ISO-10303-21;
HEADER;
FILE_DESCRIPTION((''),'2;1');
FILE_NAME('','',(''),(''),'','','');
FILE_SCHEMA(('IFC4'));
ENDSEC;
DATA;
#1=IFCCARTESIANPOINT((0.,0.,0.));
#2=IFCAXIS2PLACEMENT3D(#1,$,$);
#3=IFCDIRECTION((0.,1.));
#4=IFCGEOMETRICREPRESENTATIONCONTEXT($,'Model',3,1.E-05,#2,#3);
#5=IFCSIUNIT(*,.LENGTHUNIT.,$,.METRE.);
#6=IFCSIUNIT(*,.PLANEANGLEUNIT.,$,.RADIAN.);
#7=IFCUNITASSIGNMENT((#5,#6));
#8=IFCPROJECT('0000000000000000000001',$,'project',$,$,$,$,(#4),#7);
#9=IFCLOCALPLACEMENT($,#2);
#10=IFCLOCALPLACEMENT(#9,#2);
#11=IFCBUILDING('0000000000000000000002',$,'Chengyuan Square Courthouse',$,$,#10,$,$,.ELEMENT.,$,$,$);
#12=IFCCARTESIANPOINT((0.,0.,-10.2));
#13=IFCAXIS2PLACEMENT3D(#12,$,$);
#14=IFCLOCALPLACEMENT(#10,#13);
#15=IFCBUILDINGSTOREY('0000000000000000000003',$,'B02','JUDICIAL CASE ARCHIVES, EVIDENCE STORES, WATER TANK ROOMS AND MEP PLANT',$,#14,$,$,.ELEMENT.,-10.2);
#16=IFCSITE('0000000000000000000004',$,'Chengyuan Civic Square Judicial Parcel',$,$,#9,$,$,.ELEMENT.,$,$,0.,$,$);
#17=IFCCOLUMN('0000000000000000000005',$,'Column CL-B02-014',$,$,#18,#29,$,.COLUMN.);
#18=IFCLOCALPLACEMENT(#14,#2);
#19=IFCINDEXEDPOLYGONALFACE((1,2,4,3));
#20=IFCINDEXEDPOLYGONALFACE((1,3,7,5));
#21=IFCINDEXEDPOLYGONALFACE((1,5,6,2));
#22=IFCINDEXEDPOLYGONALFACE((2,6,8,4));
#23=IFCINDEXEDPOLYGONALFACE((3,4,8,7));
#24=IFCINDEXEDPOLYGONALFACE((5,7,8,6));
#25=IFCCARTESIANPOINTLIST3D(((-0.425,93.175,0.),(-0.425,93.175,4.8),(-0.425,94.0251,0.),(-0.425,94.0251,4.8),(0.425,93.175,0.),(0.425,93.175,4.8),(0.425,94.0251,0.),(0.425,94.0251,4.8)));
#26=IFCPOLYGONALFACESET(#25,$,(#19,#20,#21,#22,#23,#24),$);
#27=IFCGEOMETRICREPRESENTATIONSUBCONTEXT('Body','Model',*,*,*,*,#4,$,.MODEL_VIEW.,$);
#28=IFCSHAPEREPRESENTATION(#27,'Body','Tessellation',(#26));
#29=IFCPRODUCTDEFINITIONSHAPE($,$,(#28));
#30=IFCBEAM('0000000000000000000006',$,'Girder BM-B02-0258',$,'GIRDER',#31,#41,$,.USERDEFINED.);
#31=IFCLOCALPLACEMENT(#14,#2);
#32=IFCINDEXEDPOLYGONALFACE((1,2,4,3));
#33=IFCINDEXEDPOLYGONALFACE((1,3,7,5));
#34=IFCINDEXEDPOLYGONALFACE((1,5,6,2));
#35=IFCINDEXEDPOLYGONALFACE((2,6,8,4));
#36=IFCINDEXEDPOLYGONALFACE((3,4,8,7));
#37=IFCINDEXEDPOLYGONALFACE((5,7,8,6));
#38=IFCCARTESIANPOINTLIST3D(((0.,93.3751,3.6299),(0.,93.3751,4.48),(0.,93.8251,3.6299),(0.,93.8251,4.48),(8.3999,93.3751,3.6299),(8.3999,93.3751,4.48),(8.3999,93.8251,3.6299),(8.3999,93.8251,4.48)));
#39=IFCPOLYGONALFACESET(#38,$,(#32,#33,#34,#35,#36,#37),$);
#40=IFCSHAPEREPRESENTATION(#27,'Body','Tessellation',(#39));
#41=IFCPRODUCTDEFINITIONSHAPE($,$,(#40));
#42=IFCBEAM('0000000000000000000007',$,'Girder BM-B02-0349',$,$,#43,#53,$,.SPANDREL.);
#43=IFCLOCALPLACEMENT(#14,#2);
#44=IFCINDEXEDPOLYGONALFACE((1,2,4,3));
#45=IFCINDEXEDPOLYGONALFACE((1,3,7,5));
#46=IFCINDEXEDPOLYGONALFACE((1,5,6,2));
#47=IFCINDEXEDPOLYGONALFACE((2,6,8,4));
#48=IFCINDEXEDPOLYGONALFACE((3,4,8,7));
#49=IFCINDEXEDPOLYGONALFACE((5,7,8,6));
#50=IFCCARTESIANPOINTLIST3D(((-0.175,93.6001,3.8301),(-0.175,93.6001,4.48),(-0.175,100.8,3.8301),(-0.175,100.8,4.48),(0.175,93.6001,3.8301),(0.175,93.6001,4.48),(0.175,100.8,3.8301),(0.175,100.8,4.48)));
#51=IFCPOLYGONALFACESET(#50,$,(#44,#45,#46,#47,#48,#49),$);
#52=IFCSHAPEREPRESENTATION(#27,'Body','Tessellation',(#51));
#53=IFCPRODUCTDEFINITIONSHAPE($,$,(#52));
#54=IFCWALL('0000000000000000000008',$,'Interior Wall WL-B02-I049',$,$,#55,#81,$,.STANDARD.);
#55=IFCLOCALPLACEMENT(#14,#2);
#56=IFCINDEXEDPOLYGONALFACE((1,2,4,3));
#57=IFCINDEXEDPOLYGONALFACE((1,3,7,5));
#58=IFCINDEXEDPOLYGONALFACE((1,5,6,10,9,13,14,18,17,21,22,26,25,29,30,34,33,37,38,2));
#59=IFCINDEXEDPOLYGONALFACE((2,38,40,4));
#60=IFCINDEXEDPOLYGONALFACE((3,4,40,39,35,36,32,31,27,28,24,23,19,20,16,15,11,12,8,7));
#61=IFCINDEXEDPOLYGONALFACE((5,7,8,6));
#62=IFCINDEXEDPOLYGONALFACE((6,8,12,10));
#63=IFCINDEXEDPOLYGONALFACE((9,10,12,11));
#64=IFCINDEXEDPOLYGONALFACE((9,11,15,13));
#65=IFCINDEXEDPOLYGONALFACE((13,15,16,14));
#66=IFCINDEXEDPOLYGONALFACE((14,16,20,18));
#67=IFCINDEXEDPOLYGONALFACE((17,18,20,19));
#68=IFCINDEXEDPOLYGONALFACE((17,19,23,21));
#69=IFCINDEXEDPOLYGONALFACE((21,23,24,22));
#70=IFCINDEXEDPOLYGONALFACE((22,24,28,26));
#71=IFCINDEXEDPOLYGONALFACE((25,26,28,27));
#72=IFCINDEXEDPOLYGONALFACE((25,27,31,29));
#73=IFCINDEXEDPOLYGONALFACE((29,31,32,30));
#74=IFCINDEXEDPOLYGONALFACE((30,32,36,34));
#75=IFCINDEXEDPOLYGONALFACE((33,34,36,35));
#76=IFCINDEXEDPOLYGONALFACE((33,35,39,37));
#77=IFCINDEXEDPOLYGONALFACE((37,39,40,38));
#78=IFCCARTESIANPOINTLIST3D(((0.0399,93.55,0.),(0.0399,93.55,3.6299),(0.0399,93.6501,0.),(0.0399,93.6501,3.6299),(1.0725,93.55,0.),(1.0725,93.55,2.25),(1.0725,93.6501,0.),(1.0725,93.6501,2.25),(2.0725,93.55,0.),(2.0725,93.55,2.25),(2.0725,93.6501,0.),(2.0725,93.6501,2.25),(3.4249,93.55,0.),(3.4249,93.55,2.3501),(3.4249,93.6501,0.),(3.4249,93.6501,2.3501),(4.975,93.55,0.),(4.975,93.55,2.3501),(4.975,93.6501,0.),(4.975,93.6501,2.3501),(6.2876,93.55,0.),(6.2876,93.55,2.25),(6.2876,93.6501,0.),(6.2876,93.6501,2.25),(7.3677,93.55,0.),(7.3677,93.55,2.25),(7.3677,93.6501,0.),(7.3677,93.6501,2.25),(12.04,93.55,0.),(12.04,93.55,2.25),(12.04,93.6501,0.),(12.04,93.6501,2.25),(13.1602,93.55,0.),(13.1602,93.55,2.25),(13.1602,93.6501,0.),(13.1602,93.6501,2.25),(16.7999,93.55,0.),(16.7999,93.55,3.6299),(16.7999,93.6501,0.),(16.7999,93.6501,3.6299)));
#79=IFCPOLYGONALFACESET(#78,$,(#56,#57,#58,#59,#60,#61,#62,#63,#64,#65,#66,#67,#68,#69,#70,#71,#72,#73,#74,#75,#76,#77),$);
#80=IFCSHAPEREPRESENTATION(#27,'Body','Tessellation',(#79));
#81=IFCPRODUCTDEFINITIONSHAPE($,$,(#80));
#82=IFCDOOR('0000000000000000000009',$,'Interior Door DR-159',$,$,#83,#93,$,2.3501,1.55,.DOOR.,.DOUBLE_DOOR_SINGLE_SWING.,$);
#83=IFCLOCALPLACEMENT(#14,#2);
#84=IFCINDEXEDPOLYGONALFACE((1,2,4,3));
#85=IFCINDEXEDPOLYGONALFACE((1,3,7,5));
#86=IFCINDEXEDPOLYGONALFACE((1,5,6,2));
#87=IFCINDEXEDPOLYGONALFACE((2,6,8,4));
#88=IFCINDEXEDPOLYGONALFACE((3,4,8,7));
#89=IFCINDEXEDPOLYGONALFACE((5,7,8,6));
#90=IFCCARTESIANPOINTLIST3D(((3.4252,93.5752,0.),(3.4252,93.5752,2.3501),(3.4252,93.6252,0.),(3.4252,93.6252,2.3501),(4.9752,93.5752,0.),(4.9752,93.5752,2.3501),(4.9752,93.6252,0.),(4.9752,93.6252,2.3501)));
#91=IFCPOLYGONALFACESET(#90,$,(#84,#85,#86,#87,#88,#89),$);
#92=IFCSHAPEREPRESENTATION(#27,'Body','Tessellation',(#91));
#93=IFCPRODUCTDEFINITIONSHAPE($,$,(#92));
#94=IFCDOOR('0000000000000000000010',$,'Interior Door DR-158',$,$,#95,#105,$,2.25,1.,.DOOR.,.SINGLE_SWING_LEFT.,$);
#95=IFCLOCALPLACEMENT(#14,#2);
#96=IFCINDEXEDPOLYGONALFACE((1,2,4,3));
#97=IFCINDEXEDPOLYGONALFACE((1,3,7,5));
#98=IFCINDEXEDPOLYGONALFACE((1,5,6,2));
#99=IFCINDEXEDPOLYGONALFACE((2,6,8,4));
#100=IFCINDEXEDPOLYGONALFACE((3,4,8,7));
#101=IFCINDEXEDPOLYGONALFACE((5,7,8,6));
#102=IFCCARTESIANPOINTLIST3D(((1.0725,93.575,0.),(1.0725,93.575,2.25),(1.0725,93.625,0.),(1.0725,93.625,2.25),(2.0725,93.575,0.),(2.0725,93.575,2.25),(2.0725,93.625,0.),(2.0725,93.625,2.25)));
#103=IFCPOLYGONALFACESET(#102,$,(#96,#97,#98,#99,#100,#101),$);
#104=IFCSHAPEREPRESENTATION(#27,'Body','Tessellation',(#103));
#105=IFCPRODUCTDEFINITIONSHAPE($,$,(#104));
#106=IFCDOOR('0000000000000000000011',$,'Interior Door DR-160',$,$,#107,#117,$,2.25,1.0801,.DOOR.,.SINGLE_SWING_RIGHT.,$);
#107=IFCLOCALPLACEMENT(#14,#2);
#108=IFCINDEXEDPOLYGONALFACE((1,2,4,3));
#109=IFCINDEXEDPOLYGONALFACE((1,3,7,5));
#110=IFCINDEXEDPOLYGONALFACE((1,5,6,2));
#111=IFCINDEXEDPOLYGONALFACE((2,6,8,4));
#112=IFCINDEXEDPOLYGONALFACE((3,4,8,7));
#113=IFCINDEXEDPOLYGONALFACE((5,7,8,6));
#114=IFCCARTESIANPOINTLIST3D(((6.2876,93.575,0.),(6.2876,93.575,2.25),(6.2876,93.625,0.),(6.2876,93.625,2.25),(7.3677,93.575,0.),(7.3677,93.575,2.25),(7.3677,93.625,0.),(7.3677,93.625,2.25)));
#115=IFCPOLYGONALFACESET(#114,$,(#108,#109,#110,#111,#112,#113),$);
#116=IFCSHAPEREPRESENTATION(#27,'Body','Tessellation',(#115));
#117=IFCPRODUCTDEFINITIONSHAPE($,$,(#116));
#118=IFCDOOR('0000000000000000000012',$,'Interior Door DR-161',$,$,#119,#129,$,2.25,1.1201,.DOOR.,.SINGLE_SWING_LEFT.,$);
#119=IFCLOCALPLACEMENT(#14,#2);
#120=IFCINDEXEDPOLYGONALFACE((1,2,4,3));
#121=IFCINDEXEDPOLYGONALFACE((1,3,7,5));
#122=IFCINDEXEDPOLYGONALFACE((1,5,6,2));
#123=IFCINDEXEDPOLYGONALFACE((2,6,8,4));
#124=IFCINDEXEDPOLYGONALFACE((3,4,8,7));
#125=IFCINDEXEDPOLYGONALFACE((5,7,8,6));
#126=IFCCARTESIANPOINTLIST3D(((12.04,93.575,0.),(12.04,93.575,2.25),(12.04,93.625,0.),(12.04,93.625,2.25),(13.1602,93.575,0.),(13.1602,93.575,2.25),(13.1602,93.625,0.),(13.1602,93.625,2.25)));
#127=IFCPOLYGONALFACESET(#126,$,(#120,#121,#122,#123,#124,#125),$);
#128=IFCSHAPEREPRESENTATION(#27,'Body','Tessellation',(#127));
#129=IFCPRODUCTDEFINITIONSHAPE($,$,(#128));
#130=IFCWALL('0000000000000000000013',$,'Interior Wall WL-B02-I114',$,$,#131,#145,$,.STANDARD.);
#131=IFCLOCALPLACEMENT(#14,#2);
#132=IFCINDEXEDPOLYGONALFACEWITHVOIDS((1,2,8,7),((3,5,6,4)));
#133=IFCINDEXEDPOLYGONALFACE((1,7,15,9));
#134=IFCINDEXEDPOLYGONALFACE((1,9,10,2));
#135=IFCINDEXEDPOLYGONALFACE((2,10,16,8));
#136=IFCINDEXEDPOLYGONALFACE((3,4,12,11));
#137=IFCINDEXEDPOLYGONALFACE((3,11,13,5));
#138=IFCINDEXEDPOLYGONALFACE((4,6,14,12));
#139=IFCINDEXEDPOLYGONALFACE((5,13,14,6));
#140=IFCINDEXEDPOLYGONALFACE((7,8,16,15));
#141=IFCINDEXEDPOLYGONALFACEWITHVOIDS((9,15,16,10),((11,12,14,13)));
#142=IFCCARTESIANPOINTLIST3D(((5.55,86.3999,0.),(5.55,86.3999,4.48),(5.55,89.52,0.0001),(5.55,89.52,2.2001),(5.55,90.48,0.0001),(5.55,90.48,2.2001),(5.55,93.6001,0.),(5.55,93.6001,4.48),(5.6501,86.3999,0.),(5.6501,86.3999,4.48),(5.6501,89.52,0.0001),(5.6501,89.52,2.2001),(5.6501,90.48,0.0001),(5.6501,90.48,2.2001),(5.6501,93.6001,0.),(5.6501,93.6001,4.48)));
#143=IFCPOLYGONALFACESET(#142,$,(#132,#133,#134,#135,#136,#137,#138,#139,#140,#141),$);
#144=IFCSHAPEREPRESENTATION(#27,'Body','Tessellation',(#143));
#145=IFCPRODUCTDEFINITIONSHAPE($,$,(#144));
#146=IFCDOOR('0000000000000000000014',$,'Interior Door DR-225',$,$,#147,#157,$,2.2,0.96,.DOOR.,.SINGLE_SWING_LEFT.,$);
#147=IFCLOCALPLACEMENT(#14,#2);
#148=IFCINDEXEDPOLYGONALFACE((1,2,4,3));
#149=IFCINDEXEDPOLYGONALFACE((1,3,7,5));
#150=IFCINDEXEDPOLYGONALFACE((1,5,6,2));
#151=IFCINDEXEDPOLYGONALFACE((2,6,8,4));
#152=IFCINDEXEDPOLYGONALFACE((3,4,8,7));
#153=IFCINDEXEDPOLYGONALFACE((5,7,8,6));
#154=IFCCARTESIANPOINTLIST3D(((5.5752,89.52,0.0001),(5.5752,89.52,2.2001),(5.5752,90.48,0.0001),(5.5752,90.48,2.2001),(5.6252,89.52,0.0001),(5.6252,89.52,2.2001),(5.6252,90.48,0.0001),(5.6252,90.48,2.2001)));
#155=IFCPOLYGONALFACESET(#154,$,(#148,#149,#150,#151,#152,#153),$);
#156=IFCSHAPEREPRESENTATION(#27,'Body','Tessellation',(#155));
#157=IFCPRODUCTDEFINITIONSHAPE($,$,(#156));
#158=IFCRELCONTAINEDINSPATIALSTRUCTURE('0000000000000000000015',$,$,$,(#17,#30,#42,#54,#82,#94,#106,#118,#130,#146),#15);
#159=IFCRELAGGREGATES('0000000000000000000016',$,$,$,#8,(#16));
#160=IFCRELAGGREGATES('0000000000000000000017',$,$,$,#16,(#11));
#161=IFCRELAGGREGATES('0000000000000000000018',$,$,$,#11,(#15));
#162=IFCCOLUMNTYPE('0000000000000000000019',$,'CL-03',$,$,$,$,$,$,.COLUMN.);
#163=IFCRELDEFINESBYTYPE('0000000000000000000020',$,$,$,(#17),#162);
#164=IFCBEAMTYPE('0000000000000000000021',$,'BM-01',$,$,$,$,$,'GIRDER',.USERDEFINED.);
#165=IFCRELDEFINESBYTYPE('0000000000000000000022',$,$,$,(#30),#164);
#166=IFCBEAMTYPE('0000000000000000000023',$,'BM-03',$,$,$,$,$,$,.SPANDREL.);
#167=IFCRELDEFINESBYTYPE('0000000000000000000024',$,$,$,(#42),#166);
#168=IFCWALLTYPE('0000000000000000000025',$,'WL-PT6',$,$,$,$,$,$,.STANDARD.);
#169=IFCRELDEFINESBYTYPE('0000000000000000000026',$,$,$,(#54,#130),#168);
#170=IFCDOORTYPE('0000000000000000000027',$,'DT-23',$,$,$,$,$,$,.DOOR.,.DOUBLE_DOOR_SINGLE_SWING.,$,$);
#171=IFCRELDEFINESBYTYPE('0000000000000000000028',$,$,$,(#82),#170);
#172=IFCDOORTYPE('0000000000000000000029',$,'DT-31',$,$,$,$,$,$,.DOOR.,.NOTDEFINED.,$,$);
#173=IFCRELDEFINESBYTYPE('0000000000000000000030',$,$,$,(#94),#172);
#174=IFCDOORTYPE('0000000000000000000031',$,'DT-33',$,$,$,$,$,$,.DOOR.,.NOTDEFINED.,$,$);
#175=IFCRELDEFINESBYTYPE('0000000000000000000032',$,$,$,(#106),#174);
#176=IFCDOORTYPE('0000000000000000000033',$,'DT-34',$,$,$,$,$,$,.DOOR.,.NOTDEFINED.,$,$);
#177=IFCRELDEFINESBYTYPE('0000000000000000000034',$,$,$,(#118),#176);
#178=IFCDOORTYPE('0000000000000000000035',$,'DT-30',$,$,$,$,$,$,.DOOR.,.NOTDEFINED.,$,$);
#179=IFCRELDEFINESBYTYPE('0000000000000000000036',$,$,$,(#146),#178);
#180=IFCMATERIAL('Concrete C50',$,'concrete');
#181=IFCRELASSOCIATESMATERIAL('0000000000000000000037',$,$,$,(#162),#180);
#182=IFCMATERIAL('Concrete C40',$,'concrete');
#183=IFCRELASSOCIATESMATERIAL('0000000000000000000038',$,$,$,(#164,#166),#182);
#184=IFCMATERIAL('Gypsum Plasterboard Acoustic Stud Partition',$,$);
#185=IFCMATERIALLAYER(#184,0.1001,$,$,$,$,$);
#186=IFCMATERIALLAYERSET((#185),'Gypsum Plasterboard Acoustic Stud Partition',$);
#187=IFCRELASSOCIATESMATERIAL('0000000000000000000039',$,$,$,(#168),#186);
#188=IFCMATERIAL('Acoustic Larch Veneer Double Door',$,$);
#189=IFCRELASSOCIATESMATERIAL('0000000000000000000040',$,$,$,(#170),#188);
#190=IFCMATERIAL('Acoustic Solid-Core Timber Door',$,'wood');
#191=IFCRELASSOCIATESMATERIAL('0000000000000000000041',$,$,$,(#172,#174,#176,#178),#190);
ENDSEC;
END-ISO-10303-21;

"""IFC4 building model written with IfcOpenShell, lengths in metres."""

from ifc_helpers import new_model, si_unit, direction, frame, frame_2d, origin, origin_2d, place, context, subcontext, project, spatial, rectangle, extrude, material, layer, layer_set, material_profile, profile_set, type_object, element, fill, save


model = new_model("IFC4")

# Units and contexts
model_context = context("Model", 3, precision=1e-05, world=origin(), true_north=direction((0.0, 1.0)))
body_context = subcontext(model_context, "Body", "Model", "MODEL_VIEW")
ifc_project = project(units=[si_unit("LENGTHUNIT", "METRE"), si_unit("PLANEANGLEUNIT", "RADIAN")], contexts=[model_context])

# Site, building, storey
site_placement = place(None, origin())
site = spatial("IfcSite", under=ifc_project, at=site_placement, Name="Chengyuan Civic Square Judicial Parcel", CompositionType="ELEMENT", RefElevation=0.0)
building_placement = place(site_placement, origin())
building = spatial("IfcBuilding", under=site, at=building_placement, Name="Chengyuan Square Courthouse", CompositionType="ELEMENT")
storey_placement = place(building_placement, frame((0.0, 0.0, -10.2)))
storey = spatial("IfcBuildingStorey", under=building, at=storey_placement, Name="B02", Description="JUDICIAL CASE ARCHIVES, EVIDENCE STORES, WATER TANK ROOMS AND MEP PLANT", CompositionType="ELEMENT", Elevation=-10.2)

# Shared definitions
ifc_material_1 = material(Name="Concrete C40", Category="concrete")

# Column
ifc_material_2 = material(Name="Concrete C50", Category="concrete")
ifc_material_profile_1 = material_profile(ifc_material_2, rectangle(XDim=0.8501, YDim=0.8501, at=origin_2d()), Name="RC-COL-850x850")
ifc_profile_set_1 = profile_set([ifc_material_profile_1], Name="Concrete C50")
column_type = type_object("IfcColumnType", Name="CL-03", PredefinedType="COLUMN", material=ifc_profile_set_1)
column_placement = place(storey_placement, frame((0.0, 93.6001, 0.0), z_axis=(0.0, 0.0, 1.0), x_axis=(1.0, 0.0, 0.0)))
element("IfcColumn", 1, at=column_placement, inside=storey, type_object=column_type, Name="Column CL-B02-014", PredefinedType="COLUMN", context=body_context, shape_type="SweptSolid", body=[
    extrude(rectangle(XDim=0.8501, YDim=0.8501, at=origin_2d()), origin(), (0.0, 0.0, 1.0), 4.8),
])

# Beams
ifc_material_profile_2 = material_profile(ifc_material_1, rectangle(XDim=0.45, YDim=0.8501, at=origin_2d()), Name="RC-BM-450x850")
ifc_profile_set_2 = profile_set([ifc_material_profile_2], Name="Concrete C40")
beam_type_1 = type_object("IfcBeamType", Name="BM-01", ElementType="GIRDER", PredefinedType="USERDEFINED", material=ifc_profile_set_2)
beam_1_placement = place(storey_placement, frame((0.0, 93.6001, 4.0549), z_axis=(1.0, 0.0, 0.0), x_axis=(0.0, 1.0, 0.0)))
element("IfcBeam", 2, at=beam_1_placement, inside=storey, type_object=beam_type_1, Name="Girder BM-B02-0258", ObjectType="GIRDER", PredefinedType="USERDEFINED", context=body_context, shape_type="SweptSolid", body=[
    extrude(rectangle(XDim=0.45, YDim=0.8501, at=origin_2d()), origin(), (0.0, 0.0, 1.0), 8.3999),
])
ifc_material_profile_3 = material_profile(ifc_material_1, rectangle(XDim=0.3501, YDim=0.6499, at=origin_2d()), Name="RC-BM-350x650")
ifc_profile_set_3 = profile_set([ifc_material_profile_3], Name="Concrete C40")
beam_type_2 = type_object("IfcBeamType", Name="BM-03", PredefinedType="SPANDREL", material=ifc_profile_set_3)
beam_2_placement = place(storey_placement, frame((0.0, 93.6001, 4.155), z_axis=(0.0, 1.0, 0.0), x_axis=(-1.0, 0.0, 0.0)))
element("IfcBeam", 3, at=beam_2_placement, inside=storey, type_object=beam_type_2, Name="Girder BM-B02-0349", PredefinedType="SPANDREL", context=body_context, shape_type="SweptSolid", body=[
    extrude(rectangle(XDim=0.3501, YDim=0.6499, at=origin_2d()), origin(), (0.0, 0.0, 1.0), 7.2),
])

# Wall, openings, doors
ifc_material_3 = material(Name="Gypsum Plasterboard Acoustic Stud Partition")
ifc_layer_1 = layer(ifc_material_3, 0.1001)
ifc_layer_set_1 = layer_set([ifc_layer_1], Name="Gypsum Plasterboard Acoustic Stud Partition")
wall_type_1 = type_object("IfcWallType", Name="WL-PT6", PredefinedType="STANDARD", material=ifc_layer_set_1)
wall_1_placement = place(storey_placement, frame((0.04, 93.6001, 0.0), z_axis=(0.0, 0.0, 1.0), x_axis=(1.0, 0.0, 0.0)))
wall_1 = element("IfcWall", 4, at=wall_1_placement, inside=storey, type_object=wall_type_1, Name="Interior Wall WL-B02-I049", PredefinedType="STANDARD", context=body_context, shape_type="SweptSolid", body=[
    extrude(rectangle(XDim=16.76, YDim=0.1001, at=frame_2d((8.3799, 0.0))), origin(), (0.0, 0.0, 1.0), 3.6299),
])
opening_1_placement = place(wall_1_placement, frame((1.0325, 0.0, 0.0)))
opening_1 = element("IfcOpeningElement", 5, at=opening_1_placement, cuts=wall_1, PredefinedType="OPENING", context=body_context, shape_type="SweptSolid", body=[
    extrude(rectangle(XDim=1.0, YDim=2.25, at=frame_2d((0.5, 1.125))), frame((0.0, 0.062, 0.0), z_axis=(0.0, -1.0, 0.0), x_axis=(1.0, 0.0, 0.0)), (0.0, 0.0, 1.0), 0.124),
])
opening_2_placement = place(wall_1_placement, frame((3.385, 0.0, 0.0)))
opening_2 = element("IfcOpeningElement", 6, at=opening_2_placement, cuts=wall_1, PredefinedType="OPENING", context=body_context, shape_type="SweptSolid", body=[
    extrude(rectangle(XDim=1.55, YDim=2.3501, at=frame_2d((0.7749, 1.175))), frame((0.0, 0.062, 0.0), z_axis=(0.0, -1.0, 0.0), x_axis=(1.0, 0.0, 0.0)), (0.0, 0.0, 1.0), 0.124),
])
opening_3_placement = place(wall_1_placement, frame((6.2476, 0.0, 0.0)))
opening_3 = element("IfcOpeningElement", 7, at=opening_3_placement, cuts=wall_1, PredefinedType="OPENING", context=body_context, shape_type="SweptSolid", body=[
    extrude(rectangle(XDim=1.0801, YDim=2.25, at=frame_2d((0.54, 1.125))), frame((0.0, 0.062, 0.0), z_axis=(0.0, -1.0, 0.0), x_axis=(1.0, 0.0, 0.0)), (0.0, 0.0, 1.0), 0.124),
])
opening_4_placement = place(wall_1_placement, frame((12.0, 0.0, 0.0)))
opening_4 = element("IfcOpeningElement", 8, at=opening_4_placement, cuts=wall_1, PredefinedType="OPENING", context=body_context, shape_type="SweptSolid", body=[
    extrude(rectangle(XDim=1.1201, YDim=2.25, at=frame_2d((0.5601, 1.125))), frame((0.0, 0.062, 0.0), z_axis=(0.0, -1.0, 0.0), x_axis=(1.0, 0.0, 0.0)), (0.0, 0.0, 1.0), 0.124),
])
ifc_material_4 = material(Name="Acoustic Larch Veneer Double Door")
door_type_1 = type_object("IfcDoorType", Name="DT-23", OperationType="DOUBLE_DOOR_SINGLE_SWING", PredefinedType="DOOR", material=ifc_material_4)
door_1_placement = place(opening_2_placement, frame((1.55, 0.0, 0.0), z_axis=(0.0, 0.0, 1.0), x_axis=(-1.0, 0.0, 0.0)))
door_1 = element("IfcDoor", 9, at=door_1_placement, inside=storey, type_object=door_type_1, Name="Interior Door DR-159", OperationType="DOUBLE_DOOR_SINGLE_SWING", OverallHeight=2.3501, OverallWidth=1.55, PredefinedType="DOOR", context=body_context, shape_type="SweptSolid", body=[
    extrude(rectangle(XDim=1.55, YDim=2.3501, at=frame_2d((0.7749, 1.175))), frame((0.0, 0.0249, 0.0), z_axis=(0.0, -1.0, 0.0), x_axis=(1.0, 0.0, 0.0)), (0.0, 0.0, 1.0), 0.05),
])
fill(opening_2, door_1)
ifc_material_5 = material(Name="Acoustic Solid-Core Timber Door", Category="wood")
door_type_2 = type_object("IfcDoorType", Name="DT-31", OperationType="NOTDEFINED", PredefinedType="DOOR", material=ifc_material_5)
door_2_placement = place(opening_1_placement, origin())
door_2 = element("IfcDoor", 10, at=door_2_placement, inside=storey, type_object=door_type_2, Name="Interior Door DR-158", OperationType="SINGLE_SWING_LEFT", OverallHeight=2.25, OverallWidth=1.0, PredefinedType="DOOR", context=body_context, shape_type="SweptSolid", body=[
    extrude(rectangle(XDim=1.0, YDim=2.25, at=frame_2d((0.5, 1.125))), frame((0.0, 0.0249, 0.0), z_axis=(0.0, -1.0, 0.0), x_axis=(1.0, 0.0, 0.0)), (0.0, 0.0, 1.0), 0.05),
])
fill(opening_1, door_2)
door_type_3 = type_object("IfcDoorType", Name="DT-33", OperationType="NOTDEFINED", PredefinedType="DOOR", material=ifc_material_5)
door_3_placement = place(opening_3_placement, origin())
door_3 = element("IfcDoor", 11, at=door_3_placement, inside=storey, type_object=door_type_3, Name="Interior Door DR-160", OperationType="SINGLE_SWING_RIGHT", OverallHeight=2.25, OverallWidth=1.0801, PredefinedType="DOOR", context=body_context, shape_type="SweptSolid", body=[
    extrude(rectangle(XDim=1.0801, YDim=2.25, at=frame_2d((0.54, 1.125))), frame((0.0, 0.0249, 0.0), z_axis=(0.0, -1.0, 0.0), x_axis=(1.0, 0.0, 0.0)), (0.0, 0.0, 1.0), 0.05),
])
fill(opening_3, door_3)
door_type_4 = type_object("IfcDoorType", Name="DT-34", OperationType="NOTDEFINED", PredefinedType="DOOR", material=ifc_material_5)
door_4_placement = place(opening_4_placement, origin())
door_4 = element("IfcDoor", 12, at=door_4_placement, inside=storey, type_object=door_type_4, Name="Interior Door DR-161", OperationType="SINGLE_SWING_LEFT", OverallHeight=2.25, OverallWidth=1.1201, PredefinedType="DOOR", context=body_context, shape_type="SweptSolid", body=[
    extrude(rectangle(XDim=1.1201, YDim=2.25, at=frame_2d((0.5601, 1.125))), frame((0.0, 0.0249, 0.0), z_axis=(0.0, -1.0, 0.0), x_axis=(1.0, 0.0, 0.0)), (0.0, 0.0, 1.0), 0.05),
])
fill(opening_4, door_4)

# Wall, opening, door
wall_2_placement = place(storey_placement, frame((5.6001, 86.3999, 0.0), z_axis=(0.0, 0.0, 1.0), x_axis=(0.0, 1.0, 0.0)))
wall_2 = element("IfcWall", 13, at=wall_2_placement, inside=storey, type_object=wall_type_1, Name="Interior Wall WL-B02-I114", PredefinedType="STANDARD", context=body_context, shape_type="SweptSolid", body=[
    extrude(rectangle(XDim=7.2002, YDim=0.1001, at=frame_2d((3.6001, 0.0))), origin(), (0.0, 0.0, 1.0), 4.48),
])
opening_5_placement = place(wall_2_placement, frame((3.1201, 0.0, 0.0)))
opening_5 = element("IfcOpeningElement", 14, at=opening_5_placement, cuts=wall_2, PredefinedType="OPENING", context=body_context, shape_type="SweptSolid", body=[
    extrude(rectangle(XDim=0.96, YDim=2.2, at=frame_2d((0.48, 1.1001))), frame((0.0, 0.062, 0.0), z_axis=(0.0, -1.0, 0.0), x_axis=(1.0, 0.0, 0.0)), (0.0, 0.0, 1.0), 0.124),
])
door_type_5 = type_object("IfcDoorType", Name="DT-30", OperationType="NOTDEFINED", PredefinedType="DOOR", material=ifc_material_5)
door_5_placement = place(opening_5_placement, origin())
door_5 = element("IfcDoor", 15, at=door_5_placement, inside=storey, type_object=door_type_5, Name="Interior Door DR-225", OperationType="SINGLE_SWING_LEFT", OverallHeight=2.2, OverallWidth=0.96, PredefinedType="DOOR", context=body_context, shape_type="SweptSolid", body=[
    extrude(rectangle(XDim=0.96, YDim=2.2, at=frame_2d((0.48, 1.1001))), frame((0.0, 0.0249, 0.0), z_axis=(0.0, -1.0, 0.0), x_axis=(1.0, 0.0, 0.0)), (0.0, 0.0, 1.0), 0.05),
])
fill(opening_5, door_5)

save(model, "model.ifc")
